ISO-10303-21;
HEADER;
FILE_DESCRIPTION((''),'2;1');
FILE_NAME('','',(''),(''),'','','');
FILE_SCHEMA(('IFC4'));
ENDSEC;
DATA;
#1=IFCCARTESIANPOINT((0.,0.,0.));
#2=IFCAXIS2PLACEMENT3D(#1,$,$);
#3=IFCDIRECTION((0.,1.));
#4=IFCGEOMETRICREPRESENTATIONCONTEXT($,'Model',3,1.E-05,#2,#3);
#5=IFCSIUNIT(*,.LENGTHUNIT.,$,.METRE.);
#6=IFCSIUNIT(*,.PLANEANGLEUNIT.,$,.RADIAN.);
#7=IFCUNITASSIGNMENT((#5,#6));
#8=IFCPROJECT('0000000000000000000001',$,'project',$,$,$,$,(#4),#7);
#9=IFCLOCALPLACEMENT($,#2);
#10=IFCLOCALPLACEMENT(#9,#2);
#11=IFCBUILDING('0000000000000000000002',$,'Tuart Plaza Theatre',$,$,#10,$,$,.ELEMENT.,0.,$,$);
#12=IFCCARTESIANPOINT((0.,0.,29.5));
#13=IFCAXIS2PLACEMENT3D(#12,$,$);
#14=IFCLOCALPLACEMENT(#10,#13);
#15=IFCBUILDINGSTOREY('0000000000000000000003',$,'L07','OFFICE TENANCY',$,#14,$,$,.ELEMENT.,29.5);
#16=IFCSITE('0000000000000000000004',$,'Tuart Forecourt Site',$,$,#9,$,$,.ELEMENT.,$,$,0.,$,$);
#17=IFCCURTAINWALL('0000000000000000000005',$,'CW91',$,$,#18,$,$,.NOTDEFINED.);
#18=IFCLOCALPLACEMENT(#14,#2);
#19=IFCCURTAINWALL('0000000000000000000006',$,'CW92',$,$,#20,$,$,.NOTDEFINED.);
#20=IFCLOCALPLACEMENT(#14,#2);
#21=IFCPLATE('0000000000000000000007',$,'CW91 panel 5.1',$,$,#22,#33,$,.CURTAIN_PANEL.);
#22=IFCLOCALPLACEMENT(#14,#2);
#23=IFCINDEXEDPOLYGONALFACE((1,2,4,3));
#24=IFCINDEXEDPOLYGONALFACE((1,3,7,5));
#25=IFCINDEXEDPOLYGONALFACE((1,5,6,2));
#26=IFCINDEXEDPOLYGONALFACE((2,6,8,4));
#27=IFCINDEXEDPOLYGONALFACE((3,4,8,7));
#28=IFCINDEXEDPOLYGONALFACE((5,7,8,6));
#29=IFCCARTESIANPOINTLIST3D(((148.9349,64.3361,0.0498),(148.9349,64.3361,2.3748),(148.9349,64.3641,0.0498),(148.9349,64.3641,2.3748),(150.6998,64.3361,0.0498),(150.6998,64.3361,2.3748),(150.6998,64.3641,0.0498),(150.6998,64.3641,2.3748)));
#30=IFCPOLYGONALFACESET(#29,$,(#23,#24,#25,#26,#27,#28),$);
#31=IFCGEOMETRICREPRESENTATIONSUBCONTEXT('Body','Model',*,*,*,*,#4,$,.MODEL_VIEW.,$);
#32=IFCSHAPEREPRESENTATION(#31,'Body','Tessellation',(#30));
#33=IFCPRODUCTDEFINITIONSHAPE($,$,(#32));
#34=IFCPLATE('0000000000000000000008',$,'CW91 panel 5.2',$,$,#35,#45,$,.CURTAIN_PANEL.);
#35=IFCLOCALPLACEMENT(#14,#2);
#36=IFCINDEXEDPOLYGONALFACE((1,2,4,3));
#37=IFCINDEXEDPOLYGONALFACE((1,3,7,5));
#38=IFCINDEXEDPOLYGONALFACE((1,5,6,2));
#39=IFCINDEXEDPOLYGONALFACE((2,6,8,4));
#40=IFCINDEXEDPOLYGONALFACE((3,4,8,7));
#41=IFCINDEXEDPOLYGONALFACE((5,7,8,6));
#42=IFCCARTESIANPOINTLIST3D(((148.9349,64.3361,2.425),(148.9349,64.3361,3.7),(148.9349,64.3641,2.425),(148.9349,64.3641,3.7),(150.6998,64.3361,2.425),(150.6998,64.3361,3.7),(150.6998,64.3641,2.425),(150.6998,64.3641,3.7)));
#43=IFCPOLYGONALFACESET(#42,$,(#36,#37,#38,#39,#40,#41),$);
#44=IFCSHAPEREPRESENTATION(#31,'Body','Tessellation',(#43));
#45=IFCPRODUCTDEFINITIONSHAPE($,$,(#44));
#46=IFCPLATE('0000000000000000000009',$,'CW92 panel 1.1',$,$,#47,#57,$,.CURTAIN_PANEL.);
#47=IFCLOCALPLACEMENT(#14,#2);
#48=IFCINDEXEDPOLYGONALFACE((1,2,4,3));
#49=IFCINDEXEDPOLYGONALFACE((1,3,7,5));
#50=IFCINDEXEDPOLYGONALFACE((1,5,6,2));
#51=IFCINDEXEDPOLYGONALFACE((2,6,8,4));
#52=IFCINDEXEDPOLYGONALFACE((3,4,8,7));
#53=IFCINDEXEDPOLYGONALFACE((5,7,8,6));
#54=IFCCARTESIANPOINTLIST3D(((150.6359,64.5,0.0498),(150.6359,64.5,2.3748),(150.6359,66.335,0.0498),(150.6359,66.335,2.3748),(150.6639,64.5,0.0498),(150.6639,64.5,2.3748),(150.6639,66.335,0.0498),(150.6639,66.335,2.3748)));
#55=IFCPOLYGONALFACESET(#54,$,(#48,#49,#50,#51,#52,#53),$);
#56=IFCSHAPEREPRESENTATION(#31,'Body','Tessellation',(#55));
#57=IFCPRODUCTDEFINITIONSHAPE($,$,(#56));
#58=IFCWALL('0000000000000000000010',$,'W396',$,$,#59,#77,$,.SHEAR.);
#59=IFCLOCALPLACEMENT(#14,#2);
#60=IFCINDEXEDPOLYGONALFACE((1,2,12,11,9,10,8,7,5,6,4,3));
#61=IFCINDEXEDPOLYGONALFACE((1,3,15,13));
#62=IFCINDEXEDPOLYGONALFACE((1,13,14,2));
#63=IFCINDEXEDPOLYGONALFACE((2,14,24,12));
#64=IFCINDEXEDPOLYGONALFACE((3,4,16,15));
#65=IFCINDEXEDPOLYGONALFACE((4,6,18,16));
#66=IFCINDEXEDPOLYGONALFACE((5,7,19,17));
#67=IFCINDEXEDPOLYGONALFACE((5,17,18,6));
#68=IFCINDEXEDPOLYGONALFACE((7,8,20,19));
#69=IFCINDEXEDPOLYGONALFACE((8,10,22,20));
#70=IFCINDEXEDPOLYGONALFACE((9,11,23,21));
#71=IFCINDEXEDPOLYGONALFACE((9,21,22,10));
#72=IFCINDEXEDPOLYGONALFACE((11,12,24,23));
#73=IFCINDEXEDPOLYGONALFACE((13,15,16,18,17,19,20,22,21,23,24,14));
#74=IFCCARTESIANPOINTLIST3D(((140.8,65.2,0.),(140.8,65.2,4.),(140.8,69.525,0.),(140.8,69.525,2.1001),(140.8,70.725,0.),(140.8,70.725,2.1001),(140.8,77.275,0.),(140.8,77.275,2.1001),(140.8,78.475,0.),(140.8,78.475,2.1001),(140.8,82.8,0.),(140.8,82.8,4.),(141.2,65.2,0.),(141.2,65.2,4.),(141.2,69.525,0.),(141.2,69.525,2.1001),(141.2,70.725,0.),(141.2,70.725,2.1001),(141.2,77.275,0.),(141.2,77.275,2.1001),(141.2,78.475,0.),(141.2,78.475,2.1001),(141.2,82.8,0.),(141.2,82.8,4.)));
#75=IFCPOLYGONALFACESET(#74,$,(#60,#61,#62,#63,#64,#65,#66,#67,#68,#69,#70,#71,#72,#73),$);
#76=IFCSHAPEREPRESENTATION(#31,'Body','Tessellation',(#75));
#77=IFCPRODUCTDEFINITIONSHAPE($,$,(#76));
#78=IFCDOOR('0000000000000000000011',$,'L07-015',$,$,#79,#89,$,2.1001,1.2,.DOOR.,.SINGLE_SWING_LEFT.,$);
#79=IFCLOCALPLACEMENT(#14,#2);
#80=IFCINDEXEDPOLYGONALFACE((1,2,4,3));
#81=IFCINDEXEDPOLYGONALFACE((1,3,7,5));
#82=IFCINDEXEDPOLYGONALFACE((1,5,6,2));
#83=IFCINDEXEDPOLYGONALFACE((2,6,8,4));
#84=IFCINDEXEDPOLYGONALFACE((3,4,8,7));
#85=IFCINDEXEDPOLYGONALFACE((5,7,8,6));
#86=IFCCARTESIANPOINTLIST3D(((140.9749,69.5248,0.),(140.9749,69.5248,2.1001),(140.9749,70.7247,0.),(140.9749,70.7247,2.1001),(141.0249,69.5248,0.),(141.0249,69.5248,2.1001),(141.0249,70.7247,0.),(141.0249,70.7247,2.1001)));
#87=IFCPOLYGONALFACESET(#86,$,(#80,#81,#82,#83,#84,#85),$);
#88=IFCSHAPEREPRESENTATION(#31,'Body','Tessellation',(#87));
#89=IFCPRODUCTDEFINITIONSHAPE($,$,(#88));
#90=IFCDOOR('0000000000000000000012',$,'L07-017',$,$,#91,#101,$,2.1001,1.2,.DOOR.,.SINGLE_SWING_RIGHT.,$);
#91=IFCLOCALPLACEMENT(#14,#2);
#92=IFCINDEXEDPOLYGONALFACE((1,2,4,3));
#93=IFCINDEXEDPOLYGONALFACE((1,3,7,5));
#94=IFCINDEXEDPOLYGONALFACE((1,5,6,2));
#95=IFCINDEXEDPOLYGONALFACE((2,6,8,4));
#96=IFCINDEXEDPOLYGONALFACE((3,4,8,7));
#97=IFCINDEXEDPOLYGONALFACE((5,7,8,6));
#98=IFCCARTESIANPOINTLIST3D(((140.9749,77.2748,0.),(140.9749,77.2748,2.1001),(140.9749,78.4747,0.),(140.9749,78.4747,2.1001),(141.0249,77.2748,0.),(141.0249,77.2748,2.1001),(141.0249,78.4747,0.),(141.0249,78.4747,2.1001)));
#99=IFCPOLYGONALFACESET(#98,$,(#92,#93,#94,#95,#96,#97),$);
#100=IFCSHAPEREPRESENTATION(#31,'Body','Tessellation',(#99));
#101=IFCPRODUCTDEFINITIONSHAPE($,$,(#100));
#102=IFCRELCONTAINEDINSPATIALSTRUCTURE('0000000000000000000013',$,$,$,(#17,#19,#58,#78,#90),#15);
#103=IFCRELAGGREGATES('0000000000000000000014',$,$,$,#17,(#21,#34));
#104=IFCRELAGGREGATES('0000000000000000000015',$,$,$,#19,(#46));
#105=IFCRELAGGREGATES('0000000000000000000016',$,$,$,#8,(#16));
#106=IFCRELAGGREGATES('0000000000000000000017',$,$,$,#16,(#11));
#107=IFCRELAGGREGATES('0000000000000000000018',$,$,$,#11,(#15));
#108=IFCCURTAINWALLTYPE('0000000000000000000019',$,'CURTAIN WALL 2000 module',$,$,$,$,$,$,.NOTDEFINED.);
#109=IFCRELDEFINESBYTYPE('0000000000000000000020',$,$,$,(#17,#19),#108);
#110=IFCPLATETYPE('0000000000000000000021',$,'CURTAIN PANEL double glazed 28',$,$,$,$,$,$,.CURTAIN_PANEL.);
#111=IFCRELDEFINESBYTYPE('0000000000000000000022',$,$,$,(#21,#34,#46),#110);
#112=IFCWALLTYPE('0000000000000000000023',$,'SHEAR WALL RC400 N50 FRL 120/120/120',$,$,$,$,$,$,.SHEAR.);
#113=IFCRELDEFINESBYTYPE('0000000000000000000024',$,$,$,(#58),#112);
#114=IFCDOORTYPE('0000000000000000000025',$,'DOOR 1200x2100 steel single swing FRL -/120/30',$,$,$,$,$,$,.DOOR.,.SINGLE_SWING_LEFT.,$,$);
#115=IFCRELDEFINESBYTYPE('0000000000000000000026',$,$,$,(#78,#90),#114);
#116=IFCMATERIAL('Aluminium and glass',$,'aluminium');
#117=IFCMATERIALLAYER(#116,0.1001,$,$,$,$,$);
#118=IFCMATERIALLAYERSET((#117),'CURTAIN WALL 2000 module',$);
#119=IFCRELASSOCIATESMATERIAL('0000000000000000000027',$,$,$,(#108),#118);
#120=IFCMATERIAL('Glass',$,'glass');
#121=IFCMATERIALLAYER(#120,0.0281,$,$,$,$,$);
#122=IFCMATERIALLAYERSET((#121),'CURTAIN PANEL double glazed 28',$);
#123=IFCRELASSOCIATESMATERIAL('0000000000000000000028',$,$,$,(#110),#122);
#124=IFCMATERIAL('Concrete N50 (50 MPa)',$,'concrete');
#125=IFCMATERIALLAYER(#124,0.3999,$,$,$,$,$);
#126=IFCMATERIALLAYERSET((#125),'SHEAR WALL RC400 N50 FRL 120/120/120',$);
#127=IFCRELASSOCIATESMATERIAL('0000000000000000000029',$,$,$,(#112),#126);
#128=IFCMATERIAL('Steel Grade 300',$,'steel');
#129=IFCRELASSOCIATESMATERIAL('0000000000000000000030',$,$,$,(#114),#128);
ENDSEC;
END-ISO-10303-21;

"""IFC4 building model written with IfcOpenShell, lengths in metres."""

from ifc_helpers import new_model, si_unit, direction, frame, frame_2d, origin, origin_2d, place, context, subcontext, project, spatial, rectangle, extrude, material, layer, layer_set, type_object, element, fill, aggregate, save


model = new_model("IFC4")

# Units and contexts
model_context = context("Model", 3, precision=1e-05, world=origin(), true_north=direction((0.0, 1.0)))
body_context = subcontext(model_context, "Body", "Model", "MODEL_VIEW")
ifc_project = project(units=[si_unit("LENGTHUNIT", "METRE"), si_unit("PLANEANGLEUNIT", "RADIAN")], contexts=[model_context])

# Site, building, storey
site_placement = place(None, origin())
site = spatial("IfcSite", under=ifc_project, at=site_placement, Name="Tuart Forecourt Site", CompositionType="ELEMENT", RefElevation=0.0)
building_placement = place(site_placement, origin())
building = spatial("IfcBuilding", under=site, at=building_placement, Name="Tuart Plaza Theatre", CompositionType="ELEMENT", ElevationOfRefHeight=0.0)
storey_placement = place(building_placement, frame((0.0, 0.0, 29.5)))
storey = spatial("IfcBuildingStorey", under=building, at=storey_placement, Name="L07", Description="OFFICE TENANCY", CompositionType="ELEMENT", Elevation=29.5)

# Curtain wall
ifc_material_1 = material(Name="Aluminium and glass", Category="aluminium")
ifc_layer_1 = layer(ifc_material_1, 0.1001)
ifc_layer_set_1 = layer_set([ifc_layer_1], Name="CURTAIN WALL 2000 module")
curtain_wall_type = type_object("IfcCurtainWallType", Name="CURTAIN WALL 2000 module", PredefinedType="NOTDEFINED", material=ifc_layer_set_1)
curtain_wall_1_placement = place(storey_placement, origin())
curtain_wall_1 = element("IfcCurtainWall", 1, at=curtain_wall_1_placement, inside=storey, type_object=curtain_wall_type, Name="CW91", PredefinedType="NOTDEFINED")

# Curtain wall
curtain_wall_2_placement = place(storey_placement, origin())
curtain_wall_2 = element("IfcCurtainWall", 2, at=curtain_wall_2_placement, inside=storey, type_object=curtain_wall_type, Name="CW92", PredefinedType="NOTDEFINED")

# Plates
ifc_material_2 = material(Name="Glass", Category="glass")
ifc_layer_2 = layer(ifc_material_2, 0.0281)
ifc_layer_set_2 = layer_set([ifc_layer_2], Name="CURTAIN PANEL double glazed 28")
plate_type = type_object("IfcPlateType", Name="CURTAIN PANEL double glazed 28", PredefinedType="CURTAIN_PANEL", material=ifc_layer_set_2)
plate_1_placement = place(storey_placement, frame((149.8174, 64.3501, 0.0498), z_axis=(0.0, 0.0, 1.0), x_axis=(1.0, 0.0, 0.0)))
plate_1 = element("IfcPlate", 3, at=plate_1_placement, type_object=plate_type, Name="CW91 panel 5.1", PredefinedType="CURTAIN_PANEL", context=body_context, shape_type="SweptSolid", body=[
    extrude(rectangle(XDim=1.7649, YDim=0.0281, at=origin_2d()), origin(), (0.0, 0.0, 1.0), 2.325),
])
plate_2_placement = place(storey_placement, frame((149.8174, 64.3501, 2.425), z_axis=(0.0, 0.0, 1.0), x_axis=(1.0, 0.0, 0.0)))
plate_2 = element("IfcPlate", 4, at=plate_2_placement, type_object=plate_type, Name="CW91 panel 5.2", PredefinedType="CURTAIN_PANEL", context=body_context, shape_type="SweptSolid", body=[
    extrude(rectangle(XDim=1.7649, YDim=0.0281, at=origin_2d()), origin(), (0.0, 0.0, 1.0), 1.2749),
])
aggregate(curtain_wall_1, [plate_1, plate_2])
plate_3_placement = place(storey_placement, frame((150.6499, 65.4175, 0.0498), z_axis=(0.0, 0.0, 1.0), x_axis=(0.0, 1.0, 0.0)))
plate_3 = element("IfcPlate", 5, at=plate_3_placement, type_object=plate_type, Name="CW92 panel 1.1", PredefinedType="CURTAIN_PANEL", context=body_context, shape_type="SweptSolid", body=[
    extrude(rectangle(XDim=1.835, YDim=0.0281, at=origin_2d()), origin(), (0.0, 0.0, 1.0), 2.325),
])
aggregate(curtain_wall_2, [plate_3])

# Wall, openings, doors
ifc_material_3 = material(Name="Concrete N50 (50 MPa)", Category="concrete")
ifc_layer_3 = layer(ifc_material_3, 0.3999)
ifc_layer_set_3 = layer_set([ifc_layer_3], Name="SHEAR WALL RC400 N50 FRL 120/120/120")
wall_type = type_object("IfcWallType", Name="SHEAR WALL RC400 N50 FRL 120/120/120", PredefinedType="SHEAR", material=ifc_layer_set_3)
wall_placement = place(storey_placement, frame((141.0, 65.2, 0.0), z_axis=(0.0, 0.0, 1.0), x_axis=(0.0, 1.0, 0.0)))
wall = element("IfcWall", 6, at=wall_placement, inside=storey, type_object=wall_type, Name="W396", PredefinedType="SHEAR", context=body_context, shape_type="SweptSolid", body=[
    extrude(rectangle(XDim=17.6001, YDim=0.3999, at=frame_2d((8.8, 0.0))), origin(), (0.0, 0.0, 1.0), 4.0),
])
opening_1_placement = place(wall_placement, frame((4.325, 0.0, 0.0)))
opening_1 = element("IfcOpeningElement", 7, at=opening_1_placement, cuts=wall, PredefinedType="OPENING", context=body_context, shape_type="SweptSolid", body=[
    extrude(rectangle(XDim=1.2, YDim=2.1001, at=frame_2d((0.6001, 1.05))), frame((0.0, 0.21, 0.0), z_axis=(0.0, -1.0, 0.0), x_axis=(1.0, 0.0, 0.0)), (0.0, 0.0, 1.0), 0.4199),
])
opening_2_placement = place(wall_placement, frame((12.075, 0.0, 0.0)))
opening_2 = element("IfcOpeningElement", 8, at=opening_2_placement, cuts=wall, PredefinedType="OPENING", context=body_context, shape_type="SweptSolid", body=[
    extrude(rectangle(XDim=1.2, YDim=2.1001, at=frame_2d((0.6001, 1.05))), frame((0.0, 0.21, 0.0), z_axis=(0.0, -1.0, 0.0), x_axis=(1.0, 0.0, 0.0)), (0.0, 0.0, 1.0), 0.4199),
])
ifc_material_4 = material(Name="Steel Grade 300", Category="steel")
door_type = type_object("IfcDoorType", Name="DOOR 1200x2100 steel single swing FRL -/120/30", OperationType="SINGLE_SWING_LEFT", PredefinedType="DOOR", material=ifc_material_4)
door_1_placement = place(opening_1_placement, frame((1.2, 0.0, 0.0), z_axis=(0.0, 0.0, 1.0), x_axis=(-1.0, 0.0, 0.0)))
door_1 = element("IfcDoor", 9, at=door_1_placement, inside=storey, type_object=door_type, Name="L07-015", OperationType="SINGLE_SWING_LEFT", OverallHeight=2.1001, OverallWidth=1.2, PredefinedType="DOOR", context=body_context, shape_type="SweptSolid", body=[
    extrude(rectangle(XDim=1.2, YDim=2.1001, at=frame_2d((0.6001, 1.05))), frame((0.0, 0.0249, 0.0), z_axis=(0.0, -1.0, 0.0), x_axis=(1.0, 0.0, 0.0)), (0.0, 0.0, 1.0), 0.05),
])
fill(opening_1, door_1)
door_2_placement = place(opening_2_placement, frame((1.2, 0.0, 0.0), z_axis=(0.0, 0.0, 1.0), x_axis=(-1.0, 0.0, 0.0)))
door_2 = element("IfcDoor", 10, at=door_2_placement, inside=storey, type_object=door_type, Name="L07-017", OperationType="SINGLE_SWING_RIGHT", OverallHeight=2.1001, OverallWidth=1.2, PredefinedType="DOOR", context=body_context, shape_type="SweptSolid", body=[
    extrude(rectangle(XDim=1.2, YDim=2.1001, at=frame_2d((0.6001, 1.05))), frame((0.0, 0.0249, 0.0), z_axis=(0.0, -1.0, 0.0), x_axis=(1.0, 0.0, 0.0)), (0.0, 0.0, 1.0), 0.05),
])
fill(opening_2, door_2)

save(model, "model.ifc")
